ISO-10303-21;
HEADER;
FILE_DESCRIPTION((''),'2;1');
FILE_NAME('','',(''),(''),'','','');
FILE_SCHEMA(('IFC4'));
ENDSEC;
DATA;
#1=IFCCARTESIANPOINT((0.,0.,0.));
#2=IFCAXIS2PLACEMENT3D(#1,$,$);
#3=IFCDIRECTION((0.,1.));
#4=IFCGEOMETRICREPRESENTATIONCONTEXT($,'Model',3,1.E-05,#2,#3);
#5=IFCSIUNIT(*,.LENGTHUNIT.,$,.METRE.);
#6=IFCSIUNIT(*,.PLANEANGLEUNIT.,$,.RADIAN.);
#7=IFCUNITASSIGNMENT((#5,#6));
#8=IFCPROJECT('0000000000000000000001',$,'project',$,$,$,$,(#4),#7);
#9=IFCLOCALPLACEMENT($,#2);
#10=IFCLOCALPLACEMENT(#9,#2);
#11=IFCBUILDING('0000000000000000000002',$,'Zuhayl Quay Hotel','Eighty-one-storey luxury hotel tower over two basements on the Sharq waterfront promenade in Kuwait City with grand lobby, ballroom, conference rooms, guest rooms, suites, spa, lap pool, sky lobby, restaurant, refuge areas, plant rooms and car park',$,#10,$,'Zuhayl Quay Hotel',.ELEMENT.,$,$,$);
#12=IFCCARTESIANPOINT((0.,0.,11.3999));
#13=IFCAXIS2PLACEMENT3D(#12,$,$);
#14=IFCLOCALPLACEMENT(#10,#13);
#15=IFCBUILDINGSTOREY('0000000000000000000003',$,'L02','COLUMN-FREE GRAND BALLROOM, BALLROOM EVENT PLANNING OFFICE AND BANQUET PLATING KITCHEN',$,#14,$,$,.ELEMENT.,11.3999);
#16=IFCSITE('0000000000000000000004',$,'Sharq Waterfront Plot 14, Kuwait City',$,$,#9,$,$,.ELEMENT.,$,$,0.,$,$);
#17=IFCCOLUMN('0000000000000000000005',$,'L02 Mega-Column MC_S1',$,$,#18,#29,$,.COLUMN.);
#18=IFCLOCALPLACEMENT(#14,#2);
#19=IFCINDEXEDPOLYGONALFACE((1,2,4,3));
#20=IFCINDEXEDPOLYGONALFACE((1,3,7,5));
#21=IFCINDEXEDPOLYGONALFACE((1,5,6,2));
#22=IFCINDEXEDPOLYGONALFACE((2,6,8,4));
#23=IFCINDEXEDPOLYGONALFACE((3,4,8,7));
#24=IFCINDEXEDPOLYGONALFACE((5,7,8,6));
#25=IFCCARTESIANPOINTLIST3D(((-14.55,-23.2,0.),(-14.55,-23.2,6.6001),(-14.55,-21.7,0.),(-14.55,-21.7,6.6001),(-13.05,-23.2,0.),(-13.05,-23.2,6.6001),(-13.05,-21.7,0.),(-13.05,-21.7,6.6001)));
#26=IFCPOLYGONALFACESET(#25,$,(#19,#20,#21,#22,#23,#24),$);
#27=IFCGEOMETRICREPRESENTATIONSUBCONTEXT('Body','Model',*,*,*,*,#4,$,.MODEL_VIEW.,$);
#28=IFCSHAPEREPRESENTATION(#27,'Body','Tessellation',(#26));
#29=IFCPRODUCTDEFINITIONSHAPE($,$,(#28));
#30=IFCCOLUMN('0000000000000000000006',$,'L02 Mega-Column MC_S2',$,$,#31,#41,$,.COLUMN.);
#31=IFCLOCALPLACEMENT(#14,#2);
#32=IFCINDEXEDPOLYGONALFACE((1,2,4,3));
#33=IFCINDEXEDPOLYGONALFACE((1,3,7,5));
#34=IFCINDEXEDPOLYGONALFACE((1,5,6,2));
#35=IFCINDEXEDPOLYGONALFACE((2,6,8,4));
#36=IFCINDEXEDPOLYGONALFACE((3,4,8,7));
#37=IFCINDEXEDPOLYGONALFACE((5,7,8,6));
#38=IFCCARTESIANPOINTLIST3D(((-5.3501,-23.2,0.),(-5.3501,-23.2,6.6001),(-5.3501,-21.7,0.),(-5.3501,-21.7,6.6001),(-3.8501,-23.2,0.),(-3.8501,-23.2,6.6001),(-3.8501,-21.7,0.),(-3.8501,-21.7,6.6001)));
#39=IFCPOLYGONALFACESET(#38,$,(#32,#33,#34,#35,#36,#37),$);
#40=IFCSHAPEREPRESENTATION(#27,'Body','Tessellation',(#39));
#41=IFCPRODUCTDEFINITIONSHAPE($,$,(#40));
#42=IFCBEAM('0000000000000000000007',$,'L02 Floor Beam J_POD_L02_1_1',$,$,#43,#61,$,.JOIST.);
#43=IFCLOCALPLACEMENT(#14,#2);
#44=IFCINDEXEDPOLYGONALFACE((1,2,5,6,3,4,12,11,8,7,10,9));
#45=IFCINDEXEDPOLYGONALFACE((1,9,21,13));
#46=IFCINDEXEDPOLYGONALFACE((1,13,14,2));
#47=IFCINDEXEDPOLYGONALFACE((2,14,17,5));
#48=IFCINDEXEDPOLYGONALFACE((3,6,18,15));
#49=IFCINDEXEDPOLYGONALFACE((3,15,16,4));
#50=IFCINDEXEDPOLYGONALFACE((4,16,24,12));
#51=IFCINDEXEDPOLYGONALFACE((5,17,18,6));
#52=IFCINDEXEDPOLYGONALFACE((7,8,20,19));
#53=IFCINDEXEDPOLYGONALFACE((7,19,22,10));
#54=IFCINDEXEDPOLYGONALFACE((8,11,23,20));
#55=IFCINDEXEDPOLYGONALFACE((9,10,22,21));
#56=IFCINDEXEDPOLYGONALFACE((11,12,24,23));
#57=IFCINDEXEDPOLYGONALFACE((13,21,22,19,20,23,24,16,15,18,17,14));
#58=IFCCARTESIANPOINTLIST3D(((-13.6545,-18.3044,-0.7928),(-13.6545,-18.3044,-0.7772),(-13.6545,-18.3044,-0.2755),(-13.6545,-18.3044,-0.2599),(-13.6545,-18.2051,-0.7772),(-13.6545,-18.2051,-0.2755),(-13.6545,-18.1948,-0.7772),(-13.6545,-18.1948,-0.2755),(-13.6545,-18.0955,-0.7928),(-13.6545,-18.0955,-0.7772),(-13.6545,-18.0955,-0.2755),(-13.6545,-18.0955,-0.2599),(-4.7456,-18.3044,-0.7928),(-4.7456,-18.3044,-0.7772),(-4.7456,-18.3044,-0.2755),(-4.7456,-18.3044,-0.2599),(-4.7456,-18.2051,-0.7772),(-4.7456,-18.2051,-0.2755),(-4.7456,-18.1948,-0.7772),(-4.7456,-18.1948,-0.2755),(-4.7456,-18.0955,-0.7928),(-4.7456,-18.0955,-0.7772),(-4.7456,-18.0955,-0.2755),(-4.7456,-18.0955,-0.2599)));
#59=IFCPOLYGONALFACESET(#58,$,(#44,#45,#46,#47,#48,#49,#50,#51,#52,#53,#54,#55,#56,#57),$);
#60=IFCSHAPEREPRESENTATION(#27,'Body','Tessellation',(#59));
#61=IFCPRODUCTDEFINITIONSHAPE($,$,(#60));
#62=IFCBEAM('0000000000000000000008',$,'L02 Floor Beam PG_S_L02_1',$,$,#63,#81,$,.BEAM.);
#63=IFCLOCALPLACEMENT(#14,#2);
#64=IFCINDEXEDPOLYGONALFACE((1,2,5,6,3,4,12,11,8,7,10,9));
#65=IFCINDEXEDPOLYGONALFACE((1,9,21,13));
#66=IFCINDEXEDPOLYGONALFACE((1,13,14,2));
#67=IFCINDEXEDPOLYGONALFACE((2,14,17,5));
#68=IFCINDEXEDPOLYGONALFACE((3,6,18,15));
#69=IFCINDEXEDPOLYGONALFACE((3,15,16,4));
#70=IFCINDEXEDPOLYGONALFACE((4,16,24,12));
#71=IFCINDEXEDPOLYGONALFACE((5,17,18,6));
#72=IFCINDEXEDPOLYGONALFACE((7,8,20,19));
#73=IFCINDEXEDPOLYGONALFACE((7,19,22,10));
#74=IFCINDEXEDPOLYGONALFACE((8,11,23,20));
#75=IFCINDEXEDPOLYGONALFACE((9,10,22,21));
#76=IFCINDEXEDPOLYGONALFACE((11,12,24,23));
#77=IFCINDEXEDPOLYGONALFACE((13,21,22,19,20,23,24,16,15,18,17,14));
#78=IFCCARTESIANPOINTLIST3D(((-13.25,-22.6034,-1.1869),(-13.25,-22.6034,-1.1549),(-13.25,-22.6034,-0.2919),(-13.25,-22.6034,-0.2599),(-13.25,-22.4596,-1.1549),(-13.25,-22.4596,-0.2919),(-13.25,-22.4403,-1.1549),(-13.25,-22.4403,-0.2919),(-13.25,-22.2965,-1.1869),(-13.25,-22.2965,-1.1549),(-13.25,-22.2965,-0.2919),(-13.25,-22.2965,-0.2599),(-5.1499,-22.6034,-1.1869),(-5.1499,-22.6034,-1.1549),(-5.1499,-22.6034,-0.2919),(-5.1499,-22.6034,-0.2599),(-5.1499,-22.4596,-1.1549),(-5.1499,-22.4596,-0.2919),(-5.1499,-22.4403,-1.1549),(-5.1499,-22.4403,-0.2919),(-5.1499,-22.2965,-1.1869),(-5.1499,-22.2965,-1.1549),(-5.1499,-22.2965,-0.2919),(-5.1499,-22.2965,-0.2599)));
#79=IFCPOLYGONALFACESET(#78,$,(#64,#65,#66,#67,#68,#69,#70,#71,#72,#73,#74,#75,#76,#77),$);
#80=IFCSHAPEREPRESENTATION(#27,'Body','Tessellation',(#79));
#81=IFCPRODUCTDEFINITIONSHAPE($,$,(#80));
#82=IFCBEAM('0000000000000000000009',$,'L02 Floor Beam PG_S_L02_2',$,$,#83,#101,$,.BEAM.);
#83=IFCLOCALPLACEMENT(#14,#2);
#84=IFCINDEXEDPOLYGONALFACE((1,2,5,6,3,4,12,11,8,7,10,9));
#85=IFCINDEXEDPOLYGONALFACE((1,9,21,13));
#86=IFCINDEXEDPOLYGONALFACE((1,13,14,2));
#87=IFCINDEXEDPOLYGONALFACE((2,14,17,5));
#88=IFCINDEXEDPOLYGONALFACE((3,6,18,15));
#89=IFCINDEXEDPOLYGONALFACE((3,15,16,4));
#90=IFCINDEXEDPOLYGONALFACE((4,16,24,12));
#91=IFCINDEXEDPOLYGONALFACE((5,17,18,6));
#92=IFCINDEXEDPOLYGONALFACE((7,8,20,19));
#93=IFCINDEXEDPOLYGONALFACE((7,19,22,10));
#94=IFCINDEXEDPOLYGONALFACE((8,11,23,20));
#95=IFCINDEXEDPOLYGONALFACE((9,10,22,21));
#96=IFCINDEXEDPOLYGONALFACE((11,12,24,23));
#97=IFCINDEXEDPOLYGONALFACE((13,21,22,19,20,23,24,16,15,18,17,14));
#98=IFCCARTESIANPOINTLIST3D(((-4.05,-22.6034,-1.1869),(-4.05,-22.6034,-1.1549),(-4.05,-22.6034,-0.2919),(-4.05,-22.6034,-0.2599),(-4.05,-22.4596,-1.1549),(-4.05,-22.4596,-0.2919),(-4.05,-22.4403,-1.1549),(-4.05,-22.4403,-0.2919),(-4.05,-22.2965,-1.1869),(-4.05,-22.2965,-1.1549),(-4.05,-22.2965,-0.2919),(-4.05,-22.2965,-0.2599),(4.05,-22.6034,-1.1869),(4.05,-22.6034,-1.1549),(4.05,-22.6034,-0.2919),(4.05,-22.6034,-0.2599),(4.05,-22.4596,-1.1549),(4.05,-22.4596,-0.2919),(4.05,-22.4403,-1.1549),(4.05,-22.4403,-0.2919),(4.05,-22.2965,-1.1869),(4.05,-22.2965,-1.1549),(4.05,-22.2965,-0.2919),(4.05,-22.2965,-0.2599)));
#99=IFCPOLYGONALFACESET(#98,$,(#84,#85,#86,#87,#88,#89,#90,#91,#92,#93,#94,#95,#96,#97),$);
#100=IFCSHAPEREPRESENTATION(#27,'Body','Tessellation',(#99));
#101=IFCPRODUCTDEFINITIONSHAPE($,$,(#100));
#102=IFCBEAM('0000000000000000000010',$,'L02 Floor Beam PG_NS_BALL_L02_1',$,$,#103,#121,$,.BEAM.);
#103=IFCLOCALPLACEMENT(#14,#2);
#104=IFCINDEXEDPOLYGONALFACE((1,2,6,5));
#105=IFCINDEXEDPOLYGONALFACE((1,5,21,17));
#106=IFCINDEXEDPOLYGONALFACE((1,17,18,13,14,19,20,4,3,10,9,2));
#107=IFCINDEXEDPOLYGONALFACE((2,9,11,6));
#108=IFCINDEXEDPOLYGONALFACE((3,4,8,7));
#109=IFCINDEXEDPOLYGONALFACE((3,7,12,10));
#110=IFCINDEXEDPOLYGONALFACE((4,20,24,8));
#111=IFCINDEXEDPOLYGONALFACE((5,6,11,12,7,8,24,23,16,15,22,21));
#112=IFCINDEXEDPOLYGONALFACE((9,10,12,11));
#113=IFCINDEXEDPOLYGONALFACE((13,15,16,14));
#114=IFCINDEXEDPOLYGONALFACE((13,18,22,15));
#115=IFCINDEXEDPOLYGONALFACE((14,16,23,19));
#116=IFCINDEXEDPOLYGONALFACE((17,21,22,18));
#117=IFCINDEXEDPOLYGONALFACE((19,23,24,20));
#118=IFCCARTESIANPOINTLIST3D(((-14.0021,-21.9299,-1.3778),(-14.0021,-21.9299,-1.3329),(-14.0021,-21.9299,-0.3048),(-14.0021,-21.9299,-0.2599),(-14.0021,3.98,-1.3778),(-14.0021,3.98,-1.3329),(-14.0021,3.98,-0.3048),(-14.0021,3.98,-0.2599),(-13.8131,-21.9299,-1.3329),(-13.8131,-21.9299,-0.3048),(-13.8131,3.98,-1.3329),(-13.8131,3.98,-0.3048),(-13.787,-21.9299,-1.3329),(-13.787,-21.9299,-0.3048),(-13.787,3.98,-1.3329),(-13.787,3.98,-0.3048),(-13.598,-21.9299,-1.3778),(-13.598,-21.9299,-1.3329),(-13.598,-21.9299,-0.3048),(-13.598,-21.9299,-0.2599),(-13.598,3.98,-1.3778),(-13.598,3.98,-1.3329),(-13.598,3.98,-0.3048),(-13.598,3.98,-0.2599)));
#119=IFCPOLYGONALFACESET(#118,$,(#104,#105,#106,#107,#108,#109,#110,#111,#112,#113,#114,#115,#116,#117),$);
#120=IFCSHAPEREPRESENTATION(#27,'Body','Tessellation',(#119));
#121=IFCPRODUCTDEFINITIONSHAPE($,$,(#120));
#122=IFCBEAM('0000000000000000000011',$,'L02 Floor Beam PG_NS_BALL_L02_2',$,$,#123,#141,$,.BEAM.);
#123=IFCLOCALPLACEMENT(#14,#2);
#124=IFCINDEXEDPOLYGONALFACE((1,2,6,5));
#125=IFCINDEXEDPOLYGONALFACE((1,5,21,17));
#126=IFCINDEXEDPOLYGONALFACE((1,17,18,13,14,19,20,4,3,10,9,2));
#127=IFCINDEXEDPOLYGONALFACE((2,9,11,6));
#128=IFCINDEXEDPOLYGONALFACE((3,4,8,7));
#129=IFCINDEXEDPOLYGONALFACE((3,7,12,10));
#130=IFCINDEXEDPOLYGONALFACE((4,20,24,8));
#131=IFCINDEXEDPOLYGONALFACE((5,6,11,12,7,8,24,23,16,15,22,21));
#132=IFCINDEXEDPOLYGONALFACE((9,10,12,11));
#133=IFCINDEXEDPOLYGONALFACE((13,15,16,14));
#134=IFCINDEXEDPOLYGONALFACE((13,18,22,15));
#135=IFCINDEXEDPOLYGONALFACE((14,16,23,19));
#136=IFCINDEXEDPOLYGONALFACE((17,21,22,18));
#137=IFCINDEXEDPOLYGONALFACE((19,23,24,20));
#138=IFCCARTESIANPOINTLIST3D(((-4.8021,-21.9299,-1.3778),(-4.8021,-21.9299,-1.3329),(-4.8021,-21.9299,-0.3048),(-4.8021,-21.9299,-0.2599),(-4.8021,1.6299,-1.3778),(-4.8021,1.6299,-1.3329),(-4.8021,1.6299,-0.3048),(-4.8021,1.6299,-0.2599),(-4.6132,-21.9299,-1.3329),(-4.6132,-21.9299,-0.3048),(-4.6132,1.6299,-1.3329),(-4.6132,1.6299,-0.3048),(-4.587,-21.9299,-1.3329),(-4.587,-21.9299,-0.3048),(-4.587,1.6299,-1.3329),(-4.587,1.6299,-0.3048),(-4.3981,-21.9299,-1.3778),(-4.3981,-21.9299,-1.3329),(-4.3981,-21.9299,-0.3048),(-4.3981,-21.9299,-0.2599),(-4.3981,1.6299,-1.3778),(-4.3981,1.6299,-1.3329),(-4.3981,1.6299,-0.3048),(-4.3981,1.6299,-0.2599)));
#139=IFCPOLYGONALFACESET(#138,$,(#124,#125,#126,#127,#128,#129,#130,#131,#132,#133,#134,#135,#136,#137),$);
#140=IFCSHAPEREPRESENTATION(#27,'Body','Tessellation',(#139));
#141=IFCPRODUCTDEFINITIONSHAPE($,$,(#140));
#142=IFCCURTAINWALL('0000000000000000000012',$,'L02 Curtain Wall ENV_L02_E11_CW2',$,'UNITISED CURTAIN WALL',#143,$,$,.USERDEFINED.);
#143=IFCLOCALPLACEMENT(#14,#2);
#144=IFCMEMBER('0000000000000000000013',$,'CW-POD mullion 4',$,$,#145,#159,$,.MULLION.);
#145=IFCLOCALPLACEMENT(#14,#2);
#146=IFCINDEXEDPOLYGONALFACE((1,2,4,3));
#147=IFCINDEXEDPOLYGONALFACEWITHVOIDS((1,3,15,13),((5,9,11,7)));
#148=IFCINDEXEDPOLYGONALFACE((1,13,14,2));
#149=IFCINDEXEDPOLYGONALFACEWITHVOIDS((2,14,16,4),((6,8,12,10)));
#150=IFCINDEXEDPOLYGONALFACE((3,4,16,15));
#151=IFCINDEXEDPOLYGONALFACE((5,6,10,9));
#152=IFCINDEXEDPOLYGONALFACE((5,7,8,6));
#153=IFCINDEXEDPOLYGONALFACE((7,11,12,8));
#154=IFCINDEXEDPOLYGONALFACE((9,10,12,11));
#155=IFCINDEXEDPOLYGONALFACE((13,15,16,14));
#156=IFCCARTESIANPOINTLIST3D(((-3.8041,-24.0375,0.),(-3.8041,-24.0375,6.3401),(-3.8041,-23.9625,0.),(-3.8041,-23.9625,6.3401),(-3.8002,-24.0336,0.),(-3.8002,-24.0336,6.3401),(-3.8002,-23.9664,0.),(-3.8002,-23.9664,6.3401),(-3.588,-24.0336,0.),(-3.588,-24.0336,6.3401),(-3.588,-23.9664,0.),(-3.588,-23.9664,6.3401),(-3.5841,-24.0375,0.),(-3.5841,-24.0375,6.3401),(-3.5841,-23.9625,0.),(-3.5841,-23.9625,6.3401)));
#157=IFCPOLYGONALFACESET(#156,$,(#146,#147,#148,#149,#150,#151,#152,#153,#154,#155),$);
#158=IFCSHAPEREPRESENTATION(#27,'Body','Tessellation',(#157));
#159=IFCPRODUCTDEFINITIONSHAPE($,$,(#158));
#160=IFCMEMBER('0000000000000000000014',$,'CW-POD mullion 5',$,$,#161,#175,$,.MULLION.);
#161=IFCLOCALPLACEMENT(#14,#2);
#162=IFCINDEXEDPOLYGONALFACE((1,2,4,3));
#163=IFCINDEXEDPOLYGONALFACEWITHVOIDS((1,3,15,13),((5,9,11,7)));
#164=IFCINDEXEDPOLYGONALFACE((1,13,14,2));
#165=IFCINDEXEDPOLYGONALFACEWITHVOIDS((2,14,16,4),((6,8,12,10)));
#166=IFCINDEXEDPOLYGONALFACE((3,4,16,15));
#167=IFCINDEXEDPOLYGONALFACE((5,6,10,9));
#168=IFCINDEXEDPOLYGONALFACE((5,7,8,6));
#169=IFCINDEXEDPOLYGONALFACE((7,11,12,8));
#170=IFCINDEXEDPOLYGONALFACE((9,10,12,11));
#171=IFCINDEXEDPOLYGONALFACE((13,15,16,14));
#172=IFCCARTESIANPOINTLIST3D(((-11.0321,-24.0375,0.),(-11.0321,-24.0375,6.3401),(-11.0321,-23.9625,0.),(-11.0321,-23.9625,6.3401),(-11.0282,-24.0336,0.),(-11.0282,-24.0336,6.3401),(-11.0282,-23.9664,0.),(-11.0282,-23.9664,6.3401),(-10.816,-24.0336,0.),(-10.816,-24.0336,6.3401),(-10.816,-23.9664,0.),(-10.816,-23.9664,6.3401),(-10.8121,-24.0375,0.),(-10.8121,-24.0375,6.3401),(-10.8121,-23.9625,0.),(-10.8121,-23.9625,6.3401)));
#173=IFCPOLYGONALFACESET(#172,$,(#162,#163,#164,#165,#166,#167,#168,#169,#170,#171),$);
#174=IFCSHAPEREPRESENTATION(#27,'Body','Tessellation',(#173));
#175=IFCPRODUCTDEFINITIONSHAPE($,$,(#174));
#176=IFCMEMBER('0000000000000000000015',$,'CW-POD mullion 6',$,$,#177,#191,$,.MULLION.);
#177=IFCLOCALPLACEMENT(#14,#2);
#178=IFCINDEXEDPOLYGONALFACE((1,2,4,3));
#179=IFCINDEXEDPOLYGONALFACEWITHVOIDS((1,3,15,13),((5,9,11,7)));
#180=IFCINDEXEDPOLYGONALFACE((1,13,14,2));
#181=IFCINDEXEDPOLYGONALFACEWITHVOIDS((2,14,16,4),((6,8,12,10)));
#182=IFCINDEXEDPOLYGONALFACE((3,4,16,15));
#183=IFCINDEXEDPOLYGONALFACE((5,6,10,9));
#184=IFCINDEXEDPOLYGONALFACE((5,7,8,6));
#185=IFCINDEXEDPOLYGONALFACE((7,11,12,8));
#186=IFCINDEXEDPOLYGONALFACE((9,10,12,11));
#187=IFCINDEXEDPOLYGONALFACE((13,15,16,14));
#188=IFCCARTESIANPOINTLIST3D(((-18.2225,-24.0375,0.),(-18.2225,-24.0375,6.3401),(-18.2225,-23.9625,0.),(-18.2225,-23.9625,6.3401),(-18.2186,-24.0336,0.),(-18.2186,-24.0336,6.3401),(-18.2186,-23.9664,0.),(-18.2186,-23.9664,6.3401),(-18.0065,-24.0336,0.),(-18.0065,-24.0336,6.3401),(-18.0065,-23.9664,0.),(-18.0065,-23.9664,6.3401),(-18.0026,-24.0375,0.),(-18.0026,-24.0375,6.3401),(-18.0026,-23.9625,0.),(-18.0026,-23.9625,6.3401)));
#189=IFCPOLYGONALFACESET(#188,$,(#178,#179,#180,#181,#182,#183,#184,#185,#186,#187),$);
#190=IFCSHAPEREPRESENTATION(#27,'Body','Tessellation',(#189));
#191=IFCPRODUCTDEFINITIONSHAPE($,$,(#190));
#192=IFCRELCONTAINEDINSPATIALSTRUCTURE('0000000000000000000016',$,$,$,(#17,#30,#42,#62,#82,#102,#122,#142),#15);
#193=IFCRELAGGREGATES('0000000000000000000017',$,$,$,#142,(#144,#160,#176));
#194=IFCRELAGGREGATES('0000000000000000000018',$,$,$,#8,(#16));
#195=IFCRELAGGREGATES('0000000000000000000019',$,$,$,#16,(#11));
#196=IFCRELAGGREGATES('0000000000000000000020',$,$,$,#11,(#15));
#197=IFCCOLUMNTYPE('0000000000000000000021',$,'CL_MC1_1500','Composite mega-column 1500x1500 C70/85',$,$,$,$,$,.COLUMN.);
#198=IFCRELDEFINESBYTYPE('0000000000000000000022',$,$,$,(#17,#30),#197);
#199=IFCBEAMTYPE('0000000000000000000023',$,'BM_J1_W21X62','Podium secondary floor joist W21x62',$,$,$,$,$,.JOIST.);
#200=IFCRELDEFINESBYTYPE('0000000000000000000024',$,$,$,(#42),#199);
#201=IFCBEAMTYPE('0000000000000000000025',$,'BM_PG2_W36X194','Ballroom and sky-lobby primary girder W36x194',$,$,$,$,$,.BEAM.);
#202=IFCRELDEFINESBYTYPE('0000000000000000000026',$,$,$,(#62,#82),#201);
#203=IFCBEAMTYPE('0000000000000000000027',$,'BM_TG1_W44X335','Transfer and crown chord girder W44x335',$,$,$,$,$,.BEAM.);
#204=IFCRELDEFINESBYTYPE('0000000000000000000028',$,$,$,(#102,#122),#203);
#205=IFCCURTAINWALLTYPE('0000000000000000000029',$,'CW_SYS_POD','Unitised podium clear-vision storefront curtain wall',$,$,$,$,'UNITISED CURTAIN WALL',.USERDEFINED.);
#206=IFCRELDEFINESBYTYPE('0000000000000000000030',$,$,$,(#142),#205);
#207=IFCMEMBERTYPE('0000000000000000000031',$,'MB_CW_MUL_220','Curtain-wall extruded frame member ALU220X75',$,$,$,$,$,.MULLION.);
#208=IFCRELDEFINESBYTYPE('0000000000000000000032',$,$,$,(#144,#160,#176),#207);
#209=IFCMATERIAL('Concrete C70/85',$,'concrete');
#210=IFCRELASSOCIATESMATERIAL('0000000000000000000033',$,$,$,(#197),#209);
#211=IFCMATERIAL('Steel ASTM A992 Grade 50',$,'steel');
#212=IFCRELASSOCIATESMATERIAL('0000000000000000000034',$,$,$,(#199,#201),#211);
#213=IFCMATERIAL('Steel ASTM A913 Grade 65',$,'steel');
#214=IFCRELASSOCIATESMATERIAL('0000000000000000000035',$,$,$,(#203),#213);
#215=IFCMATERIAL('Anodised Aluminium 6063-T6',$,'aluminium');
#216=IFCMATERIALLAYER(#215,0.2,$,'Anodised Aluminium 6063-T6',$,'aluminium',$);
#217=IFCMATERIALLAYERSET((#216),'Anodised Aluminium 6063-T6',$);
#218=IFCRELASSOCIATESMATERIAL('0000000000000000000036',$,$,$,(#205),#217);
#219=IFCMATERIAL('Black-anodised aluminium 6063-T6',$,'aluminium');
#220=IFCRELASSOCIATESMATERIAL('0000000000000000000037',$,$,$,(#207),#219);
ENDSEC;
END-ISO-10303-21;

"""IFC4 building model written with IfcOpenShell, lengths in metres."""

from ifc_helpers import new_model, si_unit, direction, frame, origin, origin_2d, place, context, subcontext, project, spatial, rectangle, hollow_rectangle, i_section, extrude, material, layer, layer_set, material_profile, profile_set, type_object, element, aggregate, save


model = new_model("IFC4")

# Units and contexts
model_context = context("Model", 3, precision=1e-05, world=origin(), true_north=direction((0.0, 1.0)))
body_context = subcontext(model_context, "Body", "Model", "MODEL_VIEW")
ifc_project = project(units=[si_unit("LENGTHUNIT", "METRE"), si_unit("PLANEANGLEUNIT", "RADIAN")], contexts=[model_context])

# Site, building, storey
site_placement = place(None, origin())
site = spatial("IfcSite", under=ifc_project, at=site_placement, Name="Sharq Waterfront Plot 14, Kuwait City", CompositionType="ELEMENT", RefElevation=0.0)
building_placement = place(site_placement, origin())
building = spatial("IfcBuilding", under=site, at=building_placement, Name="Zuhayl Quay Hotel", Description="Eighty-one-storey luxury hotel tower over two basements on the Sharq waterfront promenade in Kuwait City with grand lobby, ballroom, conference rooms, guest rooms, suites, spa, lap pool, sky lobby, restaurant, refuge areas, plant rooms and car park", LongName="Zuhayl Quay Hotel", CompositionType="ELEMENT")
storey_placement = place(building_placement, frame((0.0, 0.0, 11.3999)))
storey = spatial("IfcBuildingStorey", under=building, at=storey_placement, Name="L02", Description="COLUMN-FREE GRAND BALLROOM, BALLROOM EVENT PLANNING OFFICE AND BANQUET PLATING KITCHEN", CompositionType="ELEMENT", Elevation=11.3999)

# Columns
ifc_material_1 = material(Name="Concrete C70/85", Category="concrete")
ifc_material_profile_1 = material_profile(ifc_material_1, rectangle(XDim=1.5, YDim=1.5, at=origin_2d()), Name="RC1500X1500")
ifc_profile_set_1 = profile_set([ifc_material_profile_1], Name="Concrete C70/85")
column_type = type_object("IfcColumnType", Name="CL_MC1_1500", Description="Composite mega-column 1500x1500 C70/85", PredefinedType="COLUMN", material=ifc_profile_set_1)
for number, where, z_axis, x_axis, name in (
    (1, (-13.8, -22.45, 0.0), (0.0, 0.0, 1.0), (1.0, 0.0, 0.0), "L02 Mega-Column MC_S1"),
    (2, (-4.6001, -22.45, 0.0), (0.0, 0.0, 1.0), (1.0, 0.0, 0.0), "L02 Mega-Column MC_S2"),
):
    element("IfcColumn", number, at=place(storey_placement, frame(where, z_axis=z_axis, x_axis=x_axis)), inside=storey, type_object=column_type, Name=name, PredefinedType="COLUMN", context=body_context, shape_type="SweptSolid", body=[
        extrude(rectangle(XDim=1.5, YDim=1.5, at=origin_2d()), origin(), (0.0, 0.0, 1.0), 6.6001),
    ])

# Beams
ifc_material_2 = material(Name="Steel ASTM A992 Grade 50", Category="steel")
ifc_material_profile_2 = material_profile(ifc_material_2, i_section(OverallWidth=0.209, OverallDepth=0.533, WebThickness=0.0103, FlangeThickness=0.0156, at=origin_2d()), Name="W21X62")
ifc_profile_set_2 = profile_set([ifc_material_profile_2], Name="Steel ASTM A992 Grade 50")
beam_type_1 = type_object("IfcBeamType", Name="BM_J1_W21X62", Description="Podium secondary floor joist W21x62", PredefinedType="JOIST", material=ifc_profile_set_2)
beam_1_placement = place(storey_placement, frame((-13.6545, -18.2, -0.5264), z_axis=(1.0, 0.0, 0.0), x_axis=(0.0, 1.0, 0.0)))
element("IfcBeam", 3, at=beam_1_placement, inside=storey, type_object=beam_type_1, Name="L02 Floor Beam J_POD_L02_1_1", PredefinedType="JOIST", context=body_context, shape_type="SweptSolid", body=[
    extrude(i_section(OverallWidth=0.209, OverallDepth=0.533, WebThickness=0.0103, FlangeThickness=0.0156, at=origin_2d()), origin(), (0.0, 0.0, 1.0), 8.9089),
])
ifc_material_profile_3 = material_profile(ifc_material_2, i_section(OverallWidth=0.3069, OverallDepth=0.927, WebThickness=0.0193, FlangeThickness=0.032, at=origin_2d()), Name="W36X194")
ifc_profile_set_3 = profile_set([ifc_material_profile_3], Name="Steel ASTM A992 Grade 50")
beam_type_2 = type_object("IfcBeamType", Name="BM_PG2_W36X194", Description="Ballroom and sky-lobby primary girder W36x194", PredefinedType="BEAM", material=ifc_profile_set_3)
for number, where, z_axis, x_axis, name in (
    (4, (-13.25, -22.45, -0.7234), (1.0, 0.0, 0.0), (0.0, 1.0, 0.0), "L02 Floor Beam PG_S_L02_1"),
    (5, (-4.05, -22.45, -0.7234), (1.0, 0.0, 0.0), (0.0, 1.0, 0.0), "L02 Floor Beam PG_S_L02_2"),
):
    element("IfcBeam", number, at=place(storey_placement, frame(where, z_axis=z_axis, x_axis=x_axis)), inside=storey, type_object=beam_type_2, Name=name, PredefinedType="BEAM", context=body_context, shape_type="SweptSolid", body=[
        extrude(i_section(OverallWidth=0.3069, OverallDepth=0.927, WebThickness=0.0193, FlangeThickness=0.032, at=origin_2d()), origin(), (0.0, 0.0, 1.0), 8.1001),
    ])
ifc_material_3 = material(Name="Steel ASTM A913 Grade 65", Category="steel")
ifc_material_profile_4 = material_profile(ifc_material_3, i_section(OverallWidth=0.4041, OverallDepth=1.1179, WebThickness=0.0261, FlangeThickness=0.0449, at=origin_2d()), Name="W44X335")
ifc_profile_set_4 = profile_set([ifc_material_profile_4], Name="Steel ASTM A913 Grade 65")
beam_type_3 = type_object("IfcBeamType", Name="BM_TG1_W44X335", Description="Transfer and crown chord girder W44x335", PredefinedType="BEAM", material=ifc_profile_set_4)
beam_2_placement = place(storey_placement, frame((-13.8, -21.9299, -0.8188), z_axis=(0.0, 1.0, 0.0), x_axis=(-1.0, 0.0, 0.0)))
element("IfcBeam", 6, at=beam_2_placement, inside=storey, type_object=beam_type_3, Name="L02 Floor Beam PG_NS_BALL_L02_1", PredefinedType="BEAM", context=body_context, shape_type="SweptSolid", body=[
    extrude(i_section(OverallWidth=0.4041, OverallDepth=1.1179, WebThickness=0.0261, FlangeThickness=0.0449, at=origin_2d()), origin(), (0.0, 0.0, 1.0), 25.9099),
])
beam_3_placement = place(storey_placement, frame((-4.6001, -21.9299, -0.8188), z_axis=(0.0, 1.0, 0.0), x_axis=(-1.0, 0.0, 0.0)))
element("IfcBeam", 7, at=beam_3_placement, inside=storey, type_object=beam_type_3, Name="L02 Floor Beam PG_NS_BALL_L02_2", PredefinedType="BEAM", context=body_context, shape_type="SweptSolid", body=[
    extrude(i_section(OverallWidth=0.4041, OverallDepth=1.1179, WebThickness=0.0261, FlangeThickness=0.0449, at=origin_2d()), origin(), (0.0, 0.0, 1.0), 23.5598),
])

# Curtain wall, members
ifc_material_4 = material(Name="Anodised Aluminium 6063-T6", Category="aluminium")
ifc_layer_1 = layer(ifc_material_4, 0.2, Name="Anodised Aluminium 6063-T6", Category="aluminium")
ifc_layer_set_1 = layer_set([ifc_layer_1], Name="Anodised Aluminium 6063-T6")
curtain_wall_type = type_object("IfcCurtainWallType", Name="CW_SYS_POD", Description="Unitised podium clear-vision storefront curtain wall", ElementType="UNITISED CURTAIN WALL", PredefinedType="USERDEFINED", material=ifc_layer_set_1)
curtain_wall_1_placement = place(storey_placement, origin())
curtain_wall_1 = element("IfcCurtainWall", 8, at=curtain_wall_1_placement, inside=storey, type_object=curtain_wall_type, Name="L02 Curtain Wall ENV_L02_E11_CW2", ObjectType="UNITISED CURTAIN WALL", PredefinedType="USERDEFINED")
ifc_material_5 = material(Name="Black-anodised aluminium 6063-T6", Category="aluminium")
ifc_material_profile_5 = material_profile(ifc_material_5, hollow_rectangle(XDim=0.075, YDim=0.22, WallThickness=0.0039, at=origin_2d()), Name="ALU220X75")
ifc_profile_set_5 = profile_set([ifc_material_profile_5], Name="Black-anodised aluminium 6063-T6")
member_type_1 = type_object("IfcMemberType", Name="MB_CW_MUL_220", Description="Curtain-wall extruded frame member ALU220X75", PredefinedType="MULLION", material=ifc_profile_set_5)
member_1_placement = place(storey_placement, frame((-3.6941, -24.0, 0.0), z_axis=(0.0, 0.0, 1.0), x_axis=(0.0, -1.0, 0.0)))
member_1 = element("IfcMember", 9, at=member_1_placement, type_object=member_type_1, Name="CW-POD mullion 4", PredefinedType="MULLION", context=body_context, shape_type="SweptSolid", body=[
    extrude(hollow_rectangle(XDim=0.075, YDim=0.22, WallThickness=0.0039, at=origin_2d()), origin(), (0.0, 0.0, 1.0), 6.3401),
])
member_2_placement = place(storey_placement, frame((-10.9221, -24.0, 0.0), z_axis=(0.0, 0.0, 1.0), x_axis=(0.0, -1.0, 0.0)))
member_2 = element("IfcMember", 10, at=member_2_placement, type_object=member_type_1, Name="CW-POD mullion 5", PredefinedType="MULLION", context=body_context, shape_type="SweptSolid", body=[
    extrude(hollow_rectangle(XDim=0.075, YDim=0.22, WallThickness=0.0039, at=origin_2d()), origin(), (0.0, 0.0, 1.0), 6.3401),
])
member_3_placement = place(storey_placement, frame((-18.1125, -24.0, 0.0), z_axis=(0.0, 0.0, 1.0), x_axis=(0.0, -1.0, 0.0)))
member_3 = element("IfcMember", 11, at=member_3_placement, type_object=member_type_1, Name="CW-POD mullion 6", PredefinedType="MULLION", context=body_context, shape_type="SweptSolid", body=[
    extrude(hollow_rectangle(XDim=0.075, YDim=0.22, WallThickness=0.0039, at=origin_2d()), origin(), (0.0, 0.0, 1.0), 6.3401),
])

aggregate(curtain_wall_1, [member_1, member_2, member_3])

save(model, "model.ifc")
